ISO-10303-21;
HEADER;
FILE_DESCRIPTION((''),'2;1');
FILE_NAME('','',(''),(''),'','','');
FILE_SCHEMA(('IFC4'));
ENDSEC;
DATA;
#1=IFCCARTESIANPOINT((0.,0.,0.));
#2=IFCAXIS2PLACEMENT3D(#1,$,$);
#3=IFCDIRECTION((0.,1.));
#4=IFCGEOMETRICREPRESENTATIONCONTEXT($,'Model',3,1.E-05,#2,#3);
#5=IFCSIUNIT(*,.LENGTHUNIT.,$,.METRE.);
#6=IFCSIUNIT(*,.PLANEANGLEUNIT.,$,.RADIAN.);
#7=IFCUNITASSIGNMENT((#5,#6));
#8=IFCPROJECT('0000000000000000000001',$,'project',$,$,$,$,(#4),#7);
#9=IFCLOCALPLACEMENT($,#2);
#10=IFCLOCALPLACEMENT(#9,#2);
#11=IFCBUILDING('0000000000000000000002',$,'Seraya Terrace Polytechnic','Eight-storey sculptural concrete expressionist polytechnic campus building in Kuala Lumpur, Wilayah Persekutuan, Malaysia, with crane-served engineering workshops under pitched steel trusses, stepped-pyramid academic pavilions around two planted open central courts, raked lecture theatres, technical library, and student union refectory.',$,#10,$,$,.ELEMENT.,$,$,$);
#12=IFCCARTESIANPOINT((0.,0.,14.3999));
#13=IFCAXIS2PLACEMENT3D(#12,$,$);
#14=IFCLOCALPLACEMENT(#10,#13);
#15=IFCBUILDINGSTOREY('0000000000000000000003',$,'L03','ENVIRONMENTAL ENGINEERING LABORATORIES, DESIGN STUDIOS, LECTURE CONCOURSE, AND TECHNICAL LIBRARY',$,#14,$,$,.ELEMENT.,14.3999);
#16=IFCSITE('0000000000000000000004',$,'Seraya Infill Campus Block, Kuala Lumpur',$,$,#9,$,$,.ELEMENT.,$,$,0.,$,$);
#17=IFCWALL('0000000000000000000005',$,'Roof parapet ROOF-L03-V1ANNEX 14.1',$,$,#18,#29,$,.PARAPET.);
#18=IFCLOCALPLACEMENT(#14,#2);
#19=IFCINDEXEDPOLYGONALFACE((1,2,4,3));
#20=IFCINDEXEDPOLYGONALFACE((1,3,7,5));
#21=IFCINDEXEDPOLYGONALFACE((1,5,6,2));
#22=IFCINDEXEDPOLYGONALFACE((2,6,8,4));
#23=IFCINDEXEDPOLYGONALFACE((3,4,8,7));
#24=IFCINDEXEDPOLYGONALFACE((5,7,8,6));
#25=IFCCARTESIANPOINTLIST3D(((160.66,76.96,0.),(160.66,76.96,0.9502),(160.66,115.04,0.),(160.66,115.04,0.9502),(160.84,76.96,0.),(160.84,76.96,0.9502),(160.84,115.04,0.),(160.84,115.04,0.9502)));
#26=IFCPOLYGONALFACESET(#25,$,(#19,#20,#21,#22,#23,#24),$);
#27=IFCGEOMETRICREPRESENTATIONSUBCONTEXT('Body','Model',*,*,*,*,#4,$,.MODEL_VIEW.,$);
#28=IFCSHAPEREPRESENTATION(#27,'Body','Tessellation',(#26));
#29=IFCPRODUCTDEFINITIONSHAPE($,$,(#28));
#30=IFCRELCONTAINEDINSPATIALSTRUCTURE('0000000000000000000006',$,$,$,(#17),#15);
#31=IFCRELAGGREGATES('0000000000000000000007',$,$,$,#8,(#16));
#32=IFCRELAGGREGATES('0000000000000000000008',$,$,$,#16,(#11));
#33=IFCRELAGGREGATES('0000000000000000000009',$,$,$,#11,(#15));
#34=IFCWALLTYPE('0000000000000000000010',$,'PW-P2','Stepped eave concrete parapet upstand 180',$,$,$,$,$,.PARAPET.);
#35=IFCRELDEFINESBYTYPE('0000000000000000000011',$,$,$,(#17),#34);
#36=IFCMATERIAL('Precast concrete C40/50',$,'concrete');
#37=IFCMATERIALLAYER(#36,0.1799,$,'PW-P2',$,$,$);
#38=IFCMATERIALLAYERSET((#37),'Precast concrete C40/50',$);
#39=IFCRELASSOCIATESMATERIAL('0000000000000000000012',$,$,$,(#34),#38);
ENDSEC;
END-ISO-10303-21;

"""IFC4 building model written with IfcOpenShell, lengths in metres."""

from ifc_helpers import new_model, si_unit, direction, frame, frame_2d, origin, place, context, subcontext, project, spatial, rectangle, extrude, material, layer, layer_set, type_object, element, save


model = new_model("IFC4")

# Units and contexts
model_context = context("Model", 3, precision=1e-05, world=origin(), true_north=direction((0.0, 1.0)))
body_context = subcontext(model_context, "Body", "Model", "MODEL_VIEW")
ifc_project = project(units=[si_unit("LENGTHUNIT", "METRE"), si_unit("PLANEANGLEUNIT", "RADIAN")], contexts=[model_context])

# Site, building, storey
site_placement = place(None, origin())
site = spatial("IfcSite", under=ifc_project, at=site_placement, Name="Seraya Infill Campus Block, Kuala Lumpur", CompositionType="ELEMENT", RefElevation=0.0)
building_placement = place(site_placement, origin())
building = spatial("IfcBuilding", under=site, at=building_placement, Name="Seraya Terrace Polytechnic", Description="Eight-storey sculptural concrete expressionist polytechnic campus building in Kuala Lumpur, Wilayah Persekutuan, Malaysia, with crane-served engineering workshops under pitched steel trusses, stepped-pyramid academic pavilions around two planted open central courts, raked lecture theatres, technical library, and student union refectory.", CompositionType="ELEMENT")
storey_placement = place(building_placement, frame((0.0, 0.0, 14.3999)))
storey = spatial("IfcBuildingStorey", under=building, at=storey_placement, Name="L03", Description="ENVIRONMENTAL ENGINEERING LABORATORIES, DESIGN STUDIOS, LECTURE CONCOURSE, AND TECHNICAL LIBRARY", CompositionType="ELEMENT", Elevation=14.3999)

# Shared definitions
ifc_material_1 = material(Name="Precast concrete C40/50", Category="concrete")

# Wall
ifc_layer_1 = layer(ifc_material_1, 0.1799, Name="PW-P2")
ifc_layer_set_1 = layer_set([ifc_layer_1], Name="Precast concrete C40/50")
wall_type = type_object("IfcWallType", Name="PW-P2", Description="Stepped eave concrete parapet upstand 180", PredefinedType="PARAPET", material=ifc_layer_set_1)
wall_placement = place(storey_placement, frame((160.75, 115.04, 0.0), z_axis=(0.0, 0.0, 1.0), x_axis=(0.0, -1.0, 0.0)))
element("IfcWall", 1, at=wall_placement, inside=storey, type_object=wall_type, Name="Roof parapet ROOF-L03-V1ANNEX 14.1", PredefinedType="PARAPET", context=body_context, shape_type="SweptSolid", body=[
    extrude(rectangle(XDim=38.0801, YDim=0.1799, at=frame_2d((19.04, 0.0))), origin(), (0.0, 0.0, 1.0), 0.9502),
])

save(model, "model.ifc")
